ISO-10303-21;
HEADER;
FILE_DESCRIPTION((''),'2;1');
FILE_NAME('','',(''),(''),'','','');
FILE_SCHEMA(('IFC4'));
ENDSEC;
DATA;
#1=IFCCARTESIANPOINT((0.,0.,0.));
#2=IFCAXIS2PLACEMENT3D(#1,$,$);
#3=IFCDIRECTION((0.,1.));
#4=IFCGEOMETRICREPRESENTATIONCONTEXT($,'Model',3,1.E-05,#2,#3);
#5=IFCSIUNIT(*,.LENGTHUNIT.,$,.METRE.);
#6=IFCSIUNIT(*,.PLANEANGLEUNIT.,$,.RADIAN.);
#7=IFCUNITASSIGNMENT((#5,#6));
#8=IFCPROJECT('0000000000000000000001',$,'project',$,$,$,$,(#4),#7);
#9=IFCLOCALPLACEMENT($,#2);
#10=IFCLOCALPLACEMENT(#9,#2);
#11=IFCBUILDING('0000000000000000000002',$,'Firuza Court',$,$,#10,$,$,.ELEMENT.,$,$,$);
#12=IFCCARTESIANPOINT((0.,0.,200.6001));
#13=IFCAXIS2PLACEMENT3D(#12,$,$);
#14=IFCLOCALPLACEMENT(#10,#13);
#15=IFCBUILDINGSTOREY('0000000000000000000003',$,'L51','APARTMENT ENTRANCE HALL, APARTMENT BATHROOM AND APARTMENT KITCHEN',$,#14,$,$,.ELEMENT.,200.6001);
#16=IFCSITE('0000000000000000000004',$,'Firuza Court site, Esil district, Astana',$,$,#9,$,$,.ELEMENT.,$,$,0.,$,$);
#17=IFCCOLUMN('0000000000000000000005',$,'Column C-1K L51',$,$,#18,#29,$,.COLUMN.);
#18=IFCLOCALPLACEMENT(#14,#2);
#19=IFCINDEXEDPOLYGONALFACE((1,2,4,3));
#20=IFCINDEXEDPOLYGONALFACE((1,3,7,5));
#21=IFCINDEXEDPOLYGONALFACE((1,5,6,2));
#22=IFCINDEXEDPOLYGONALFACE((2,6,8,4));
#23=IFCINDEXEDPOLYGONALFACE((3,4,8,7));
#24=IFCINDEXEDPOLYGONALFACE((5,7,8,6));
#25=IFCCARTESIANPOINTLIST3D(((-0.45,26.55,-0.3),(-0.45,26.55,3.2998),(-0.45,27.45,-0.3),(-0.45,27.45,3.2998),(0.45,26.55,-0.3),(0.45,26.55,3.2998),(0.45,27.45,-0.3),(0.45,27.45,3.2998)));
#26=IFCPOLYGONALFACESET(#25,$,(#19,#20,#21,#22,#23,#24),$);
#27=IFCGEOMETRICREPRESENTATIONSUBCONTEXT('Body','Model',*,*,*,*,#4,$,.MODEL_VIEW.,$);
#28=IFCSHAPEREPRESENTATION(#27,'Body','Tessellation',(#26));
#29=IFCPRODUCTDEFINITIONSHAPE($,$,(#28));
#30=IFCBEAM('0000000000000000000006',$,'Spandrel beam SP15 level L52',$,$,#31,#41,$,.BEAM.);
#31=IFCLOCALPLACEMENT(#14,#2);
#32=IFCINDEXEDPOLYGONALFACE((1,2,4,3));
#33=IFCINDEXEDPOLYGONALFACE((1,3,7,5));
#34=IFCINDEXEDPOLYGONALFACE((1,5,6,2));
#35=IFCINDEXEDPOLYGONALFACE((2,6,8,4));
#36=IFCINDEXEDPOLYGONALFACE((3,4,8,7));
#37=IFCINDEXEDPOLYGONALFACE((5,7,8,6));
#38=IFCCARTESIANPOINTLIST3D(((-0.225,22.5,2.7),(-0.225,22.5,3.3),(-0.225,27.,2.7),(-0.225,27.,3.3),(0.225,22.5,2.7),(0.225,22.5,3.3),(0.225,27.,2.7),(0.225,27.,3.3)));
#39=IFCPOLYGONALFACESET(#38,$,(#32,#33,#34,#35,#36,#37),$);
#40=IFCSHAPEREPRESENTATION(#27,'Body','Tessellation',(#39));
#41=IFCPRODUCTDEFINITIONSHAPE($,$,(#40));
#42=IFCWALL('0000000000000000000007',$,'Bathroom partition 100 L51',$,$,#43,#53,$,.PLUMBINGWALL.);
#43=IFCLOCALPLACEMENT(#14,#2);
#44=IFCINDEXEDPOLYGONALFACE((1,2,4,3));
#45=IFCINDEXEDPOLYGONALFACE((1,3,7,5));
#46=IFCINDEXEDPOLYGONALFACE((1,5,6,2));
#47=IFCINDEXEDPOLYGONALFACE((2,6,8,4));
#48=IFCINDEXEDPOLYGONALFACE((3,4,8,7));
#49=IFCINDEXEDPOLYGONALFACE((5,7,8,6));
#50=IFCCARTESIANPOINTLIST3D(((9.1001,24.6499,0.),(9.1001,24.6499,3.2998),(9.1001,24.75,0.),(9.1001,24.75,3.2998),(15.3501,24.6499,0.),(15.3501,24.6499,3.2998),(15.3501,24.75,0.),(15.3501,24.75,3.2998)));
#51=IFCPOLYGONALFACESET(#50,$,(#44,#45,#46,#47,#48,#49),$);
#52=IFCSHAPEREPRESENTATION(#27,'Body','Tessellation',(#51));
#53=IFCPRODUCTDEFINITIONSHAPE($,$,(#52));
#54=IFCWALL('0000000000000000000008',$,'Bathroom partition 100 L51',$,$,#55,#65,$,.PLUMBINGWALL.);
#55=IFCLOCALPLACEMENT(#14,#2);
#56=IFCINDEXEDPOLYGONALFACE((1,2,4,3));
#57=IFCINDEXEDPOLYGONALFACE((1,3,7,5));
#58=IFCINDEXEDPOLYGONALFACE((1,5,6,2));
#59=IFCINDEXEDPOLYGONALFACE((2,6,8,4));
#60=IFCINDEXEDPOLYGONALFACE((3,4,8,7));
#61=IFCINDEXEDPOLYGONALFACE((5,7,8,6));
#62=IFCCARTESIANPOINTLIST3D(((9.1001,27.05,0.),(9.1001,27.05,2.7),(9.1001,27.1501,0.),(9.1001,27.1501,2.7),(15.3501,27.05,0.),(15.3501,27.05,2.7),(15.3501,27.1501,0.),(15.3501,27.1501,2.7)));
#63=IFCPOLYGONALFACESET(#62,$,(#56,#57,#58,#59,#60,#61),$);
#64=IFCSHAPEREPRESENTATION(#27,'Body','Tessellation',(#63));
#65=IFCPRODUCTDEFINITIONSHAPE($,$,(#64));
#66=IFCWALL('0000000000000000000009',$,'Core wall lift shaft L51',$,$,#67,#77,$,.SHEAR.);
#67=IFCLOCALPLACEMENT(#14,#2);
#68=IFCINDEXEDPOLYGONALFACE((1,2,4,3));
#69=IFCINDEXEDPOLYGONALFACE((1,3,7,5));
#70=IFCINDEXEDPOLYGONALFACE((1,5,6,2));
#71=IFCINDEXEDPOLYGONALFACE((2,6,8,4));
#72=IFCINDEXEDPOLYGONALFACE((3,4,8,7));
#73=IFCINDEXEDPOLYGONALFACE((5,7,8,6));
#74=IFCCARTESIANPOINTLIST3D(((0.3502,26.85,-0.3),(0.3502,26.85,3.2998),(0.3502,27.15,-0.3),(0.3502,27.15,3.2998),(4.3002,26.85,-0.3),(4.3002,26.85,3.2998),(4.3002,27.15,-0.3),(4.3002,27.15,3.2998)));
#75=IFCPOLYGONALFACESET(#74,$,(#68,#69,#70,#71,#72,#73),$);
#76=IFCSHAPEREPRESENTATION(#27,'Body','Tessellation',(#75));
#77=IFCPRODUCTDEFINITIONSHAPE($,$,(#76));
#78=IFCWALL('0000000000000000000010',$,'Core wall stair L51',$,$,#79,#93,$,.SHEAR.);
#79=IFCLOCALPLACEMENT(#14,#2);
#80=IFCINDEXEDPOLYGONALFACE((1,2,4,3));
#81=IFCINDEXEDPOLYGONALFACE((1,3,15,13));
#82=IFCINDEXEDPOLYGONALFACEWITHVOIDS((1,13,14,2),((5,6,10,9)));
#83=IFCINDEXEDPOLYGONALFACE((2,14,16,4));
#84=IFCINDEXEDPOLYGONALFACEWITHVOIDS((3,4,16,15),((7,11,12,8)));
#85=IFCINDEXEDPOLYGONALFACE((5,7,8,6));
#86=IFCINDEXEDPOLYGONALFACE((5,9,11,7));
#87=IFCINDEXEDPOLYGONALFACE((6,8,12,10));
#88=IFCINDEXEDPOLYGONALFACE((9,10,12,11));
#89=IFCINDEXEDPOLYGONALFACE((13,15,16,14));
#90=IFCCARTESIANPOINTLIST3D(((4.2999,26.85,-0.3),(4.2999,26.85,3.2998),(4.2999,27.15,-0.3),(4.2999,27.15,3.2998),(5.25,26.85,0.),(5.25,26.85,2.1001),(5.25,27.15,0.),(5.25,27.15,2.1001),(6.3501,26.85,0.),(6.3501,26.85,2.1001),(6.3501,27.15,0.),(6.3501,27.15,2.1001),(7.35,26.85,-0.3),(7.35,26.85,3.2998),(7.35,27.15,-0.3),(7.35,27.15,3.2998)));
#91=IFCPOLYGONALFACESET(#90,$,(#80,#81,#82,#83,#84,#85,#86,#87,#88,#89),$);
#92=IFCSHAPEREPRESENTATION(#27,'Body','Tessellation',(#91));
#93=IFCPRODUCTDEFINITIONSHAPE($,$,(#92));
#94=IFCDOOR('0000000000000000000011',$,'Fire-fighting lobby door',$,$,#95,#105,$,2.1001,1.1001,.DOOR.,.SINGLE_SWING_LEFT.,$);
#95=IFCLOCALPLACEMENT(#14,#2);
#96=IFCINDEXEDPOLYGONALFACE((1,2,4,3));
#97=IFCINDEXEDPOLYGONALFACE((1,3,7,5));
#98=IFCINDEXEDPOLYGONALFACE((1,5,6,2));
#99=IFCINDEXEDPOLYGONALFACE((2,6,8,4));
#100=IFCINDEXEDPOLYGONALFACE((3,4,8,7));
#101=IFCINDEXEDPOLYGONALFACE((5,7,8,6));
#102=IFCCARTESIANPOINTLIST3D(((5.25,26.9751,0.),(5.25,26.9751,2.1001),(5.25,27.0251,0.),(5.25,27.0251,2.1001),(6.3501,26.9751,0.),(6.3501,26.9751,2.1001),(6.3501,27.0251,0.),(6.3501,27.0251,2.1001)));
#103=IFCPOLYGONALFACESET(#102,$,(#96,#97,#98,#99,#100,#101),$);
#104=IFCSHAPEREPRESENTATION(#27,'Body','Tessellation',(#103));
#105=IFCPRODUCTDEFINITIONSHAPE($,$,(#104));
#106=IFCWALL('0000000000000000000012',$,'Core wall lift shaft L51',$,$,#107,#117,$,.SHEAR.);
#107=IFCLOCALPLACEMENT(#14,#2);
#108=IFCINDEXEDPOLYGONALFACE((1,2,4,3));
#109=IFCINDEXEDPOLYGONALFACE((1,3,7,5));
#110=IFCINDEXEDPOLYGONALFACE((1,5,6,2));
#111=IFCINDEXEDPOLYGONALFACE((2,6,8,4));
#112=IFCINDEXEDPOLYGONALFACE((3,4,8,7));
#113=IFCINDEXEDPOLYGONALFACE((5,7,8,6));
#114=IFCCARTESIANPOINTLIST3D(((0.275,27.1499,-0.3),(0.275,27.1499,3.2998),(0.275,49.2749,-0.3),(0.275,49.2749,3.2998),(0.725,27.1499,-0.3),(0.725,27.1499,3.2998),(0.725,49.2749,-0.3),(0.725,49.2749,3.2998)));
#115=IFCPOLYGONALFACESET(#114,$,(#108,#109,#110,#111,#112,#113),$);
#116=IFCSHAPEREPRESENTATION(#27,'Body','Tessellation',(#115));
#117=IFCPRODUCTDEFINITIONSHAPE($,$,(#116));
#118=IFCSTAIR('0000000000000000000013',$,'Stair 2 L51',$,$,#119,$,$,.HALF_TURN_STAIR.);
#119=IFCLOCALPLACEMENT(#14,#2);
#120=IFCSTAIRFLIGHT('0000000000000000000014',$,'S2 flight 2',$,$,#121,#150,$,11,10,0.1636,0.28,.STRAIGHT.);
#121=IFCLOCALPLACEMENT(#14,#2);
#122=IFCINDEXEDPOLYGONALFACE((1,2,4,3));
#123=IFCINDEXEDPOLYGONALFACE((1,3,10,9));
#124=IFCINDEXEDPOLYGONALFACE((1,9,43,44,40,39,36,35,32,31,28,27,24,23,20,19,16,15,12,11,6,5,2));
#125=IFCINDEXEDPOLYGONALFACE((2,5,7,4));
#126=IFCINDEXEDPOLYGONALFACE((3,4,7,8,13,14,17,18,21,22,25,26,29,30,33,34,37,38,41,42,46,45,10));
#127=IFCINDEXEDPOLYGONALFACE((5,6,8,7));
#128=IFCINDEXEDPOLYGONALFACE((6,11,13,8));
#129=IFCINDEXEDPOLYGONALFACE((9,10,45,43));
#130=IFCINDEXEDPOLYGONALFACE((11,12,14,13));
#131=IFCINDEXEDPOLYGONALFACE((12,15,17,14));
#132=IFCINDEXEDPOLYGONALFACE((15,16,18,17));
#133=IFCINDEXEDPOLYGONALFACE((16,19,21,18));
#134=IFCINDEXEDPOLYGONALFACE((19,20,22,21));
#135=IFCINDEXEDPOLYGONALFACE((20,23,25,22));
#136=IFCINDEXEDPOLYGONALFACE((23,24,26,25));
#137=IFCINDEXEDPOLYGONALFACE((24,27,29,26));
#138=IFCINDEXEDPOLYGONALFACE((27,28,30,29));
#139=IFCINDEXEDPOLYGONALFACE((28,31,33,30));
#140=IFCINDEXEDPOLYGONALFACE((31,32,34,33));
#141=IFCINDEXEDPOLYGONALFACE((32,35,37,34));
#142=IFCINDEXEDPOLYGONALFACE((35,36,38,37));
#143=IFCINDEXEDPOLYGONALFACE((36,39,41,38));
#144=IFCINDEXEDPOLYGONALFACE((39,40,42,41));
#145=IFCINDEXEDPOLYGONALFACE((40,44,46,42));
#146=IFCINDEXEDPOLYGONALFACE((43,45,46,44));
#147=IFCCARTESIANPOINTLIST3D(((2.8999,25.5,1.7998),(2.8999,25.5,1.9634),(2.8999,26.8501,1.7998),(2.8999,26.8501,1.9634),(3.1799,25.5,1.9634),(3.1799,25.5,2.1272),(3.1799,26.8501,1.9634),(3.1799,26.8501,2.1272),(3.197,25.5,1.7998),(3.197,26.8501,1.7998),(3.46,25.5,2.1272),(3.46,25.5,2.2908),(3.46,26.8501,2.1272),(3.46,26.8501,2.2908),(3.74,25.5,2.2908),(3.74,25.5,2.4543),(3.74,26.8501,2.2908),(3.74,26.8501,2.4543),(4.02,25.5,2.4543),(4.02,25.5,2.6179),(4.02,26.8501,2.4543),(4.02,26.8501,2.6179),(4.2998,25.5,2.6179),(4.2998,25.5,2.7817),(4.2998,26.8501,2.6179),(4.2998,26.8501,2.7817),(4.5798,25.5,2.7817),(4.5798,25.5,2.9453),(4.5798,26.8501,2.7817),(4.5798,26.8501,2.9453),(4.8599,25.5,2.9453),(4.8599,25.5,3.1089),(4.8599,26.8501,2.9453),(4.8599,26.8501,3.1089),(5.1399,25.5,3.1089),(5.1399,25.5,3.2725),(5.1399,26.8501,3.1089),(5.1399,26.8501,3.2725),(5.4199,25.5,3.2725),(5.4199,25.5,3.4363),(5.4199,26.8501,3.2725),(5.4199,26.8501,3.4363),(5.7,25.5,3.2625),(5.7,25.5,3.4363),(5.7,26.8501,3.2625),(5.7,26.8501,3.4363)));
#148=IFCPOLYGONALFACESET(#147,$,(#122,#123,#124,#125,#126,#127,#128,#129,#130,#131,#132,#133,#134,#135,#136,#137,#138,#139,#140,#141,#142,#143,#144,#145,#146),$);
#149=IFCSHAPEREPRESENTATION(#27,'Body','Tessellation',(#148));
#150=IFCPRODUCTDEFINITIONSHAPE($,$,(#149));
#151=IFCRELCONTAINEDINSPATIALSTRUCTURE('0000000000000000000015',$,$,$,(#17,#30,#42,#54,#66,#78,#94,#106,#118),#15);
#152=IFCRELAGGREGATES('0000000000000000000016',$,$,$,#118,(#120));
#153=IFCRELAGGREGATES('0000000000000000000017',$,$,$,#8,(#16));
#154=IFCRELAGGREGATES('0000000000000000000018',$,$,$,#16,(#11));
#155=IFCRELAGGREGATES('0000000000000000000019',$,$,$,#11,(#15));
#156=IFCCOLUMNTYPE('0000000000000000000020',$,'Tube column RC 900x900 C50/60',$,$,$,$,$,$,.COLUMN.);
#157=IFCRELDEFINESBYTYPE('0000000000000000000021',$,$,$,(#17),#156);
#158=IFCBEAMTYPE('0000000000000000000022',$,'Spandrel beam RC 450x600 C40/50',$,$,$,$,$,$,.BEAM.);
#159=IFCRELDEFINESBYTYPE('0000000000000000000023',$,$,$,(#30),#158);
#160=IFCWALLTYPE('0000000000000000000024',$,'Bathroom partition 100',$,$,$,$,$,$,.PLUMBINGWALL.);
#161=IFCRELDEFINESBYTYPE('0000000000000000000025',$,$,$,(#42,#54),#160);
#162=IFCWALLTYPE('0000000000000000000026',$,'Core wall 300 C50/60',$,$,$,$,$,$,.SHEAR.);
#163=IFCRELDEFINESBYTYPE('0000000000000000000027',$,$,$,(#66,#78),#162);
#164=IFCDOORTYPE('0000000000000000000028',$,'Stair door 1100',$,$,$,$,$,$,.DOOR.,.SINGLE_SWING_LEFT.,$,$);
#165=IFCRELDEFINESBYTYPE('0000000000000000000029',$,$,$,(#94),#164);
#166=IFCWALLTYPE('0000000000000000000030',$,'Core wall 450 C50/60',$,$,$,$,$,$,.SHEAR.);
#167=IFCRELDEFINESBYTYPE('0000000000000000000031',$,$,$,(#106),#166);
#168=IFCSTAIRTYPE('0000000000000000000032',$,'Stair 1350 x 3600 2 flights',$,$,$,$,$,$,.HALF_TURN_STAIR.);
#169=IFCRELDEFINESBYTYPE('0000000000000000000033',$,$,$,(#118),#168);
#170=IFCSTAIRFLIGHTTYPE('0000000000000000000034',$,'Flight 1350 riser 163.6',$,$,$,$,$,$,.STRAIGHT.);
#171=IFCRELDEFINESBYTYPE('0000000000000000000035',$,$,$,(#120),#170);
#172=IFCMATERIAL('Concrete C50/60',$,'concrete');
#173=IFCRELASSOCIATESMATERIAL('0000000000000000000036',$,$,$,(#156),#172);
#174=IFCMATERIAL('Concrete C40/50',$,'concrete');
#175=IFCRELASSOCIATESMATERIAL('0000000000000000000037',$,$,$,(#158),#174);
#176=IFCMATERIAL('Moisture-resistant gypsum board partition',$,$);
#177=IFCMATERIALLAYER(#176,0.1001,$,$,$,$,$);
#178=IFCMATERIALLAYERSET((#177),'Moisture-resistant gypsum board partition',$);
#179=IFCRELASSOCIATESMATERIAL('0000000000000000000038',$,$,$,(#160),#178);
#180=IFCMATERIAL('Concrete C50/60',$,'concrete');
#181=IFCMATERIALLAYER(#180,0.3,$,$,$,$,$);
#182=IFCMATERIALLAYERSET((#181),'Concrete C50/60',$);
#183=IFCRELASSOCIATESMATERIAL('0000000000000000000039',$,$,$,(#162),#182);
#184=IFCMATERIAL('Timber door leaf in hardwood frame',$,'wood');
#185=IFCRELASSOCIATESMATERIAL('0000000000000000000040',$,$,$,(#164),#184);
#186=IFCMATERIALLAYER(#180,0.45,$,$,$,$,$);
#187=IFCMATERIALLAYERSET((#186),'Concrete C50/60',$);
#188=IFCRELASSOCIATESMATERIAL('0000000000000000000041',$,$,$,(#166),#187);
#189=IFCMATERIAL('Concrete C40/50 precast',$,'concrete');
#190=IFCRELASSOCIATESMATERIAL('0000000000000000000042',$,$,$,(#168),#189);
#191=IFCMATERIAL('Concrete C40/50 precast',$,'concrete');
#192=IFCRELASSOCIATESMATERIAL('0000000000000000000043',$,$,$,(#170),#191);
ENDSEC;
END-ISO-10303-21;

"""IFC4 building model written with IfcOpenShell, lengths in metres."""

from ifc_helpers import new_model, si_unit, direction, frame, frame_2d, origin, origin_2d, place, context, subcontext, project, spatial, polyline, rectangle, outline, extrude, material, layer, layer_set, material_profile, profile_set, type_object, element, fill, aggregate, save


model = new_model("IFC4")

# Units and contexts
model_context = context("Model", 3, precision=1e-05, world=origin(), true_north=direction((0.0, 1.0)))
body_context = subcontext(model_context, "Body", "Model", "MODEL_VIEW")
ifc_project = project(units=[si_unit("LENGTHUNIT", "METRE"), si_unit("PLANEANGLEUNIT", "RADIAN")], contexts=[model_context])

# Site, building, storey
site_placement = place(None, origin())
site = spatial("IfcSite", under=ifc_project, at=site_placement, Name="Firuza Court site, Esil district, Astana", CompositionType="ELEMENT", RefElevation=0.0)
building_placement = place(site_placement, origin())
building = spatial("IfcBuilding", under=site, at=building_placement, Name="Firuza Court", CompositionType="ELEMENT")
storey_placement = place(building_placement, frame((0.0, 0.0, 200.6001)))
storey = spatial("IfcBuildingStorey", under=building, at=storey_placement, Name="L51", Description="APARTMENT ENTRANCE HALL, APARTMENT BATHROOM AND APARTMENT KITCHEN", CompositionType="ELEMENT", Elevation=200.6001)

# Column
ifc_material_1 = material(Name="Concrete C50/60", Category="concrete")
ifc_material_profile_1 = material_profile(ifc_material_1, rectangle(XDim=0.8999, YDim=0.8999, at=origin_2d()), Name="RC 900x900")
ifc_profile_set_1 = profile_set([ifc_material_profile_1], Name="Concrete C50/60")
column_type = type_object("IfcColumnType", Name="Tube column RC 900x900 C50/60", PredefinedType="COLUMN", material=ifc_profile_set_1)
column_placement = place(storey_placement, frame((0.0, 27.0, -0.3), z_axis=(0.0, 0.0, 1.0), x_axis=(1.0, 0.0, 0.0)))
element("IfcColumn", 1, at=column_placement, inside=storey, type_object=column_type, Name="Column C-1K L51", PredefinedType="COLUMN", context=body_context, shape_type="SweptSolid", body=[
    extrude(rectangle(XDim=0.8999, YDim=0.8999, at=origin_2d()), origin(), (0.0, 0.0, 1.0), 3.5999),
])

# Beam
ifc_material_2 = material(Name="Concrete C40/50", Category="concrete")
ifc_material_profile_2 = material_profile(ifc_material_2, rectangle(XDim=0.45, YDim=0.6001, at=origin_2d()), Name="RC 450x600")
ifc_profile_set_2 = profile_set([ifc_material_profile_2], Name="Concrete C40/50")
beam_type = type_object("IfcBeamType", Name="Spandrel beam RC 450x600 C40/50", PredefinedType="BEAM", material=ifc_profile_set_2)
beam_placement = place(storey_placement, frame((0.0, 27.0, 3.0), z_axis=(0.0, -1.0, 0.0), x_axis=(1.0, 0.0, 0.0)))
element("IfcBeam", 2, at=beam_placement, inside=storey, type_object=beam_type, Name="Spandrel beam SP15 level L52", PredefinedType="BEAM", context=body_context, shape_type="SweptSolid", body=[
    extrude(rectangle(XDim=0.45, YDim=0.6001, at=origin_2d()), origin(), (0.0, 0.0, 1.0), 4.5),
])

# Walls
ifc_material_3 = material(Name="Moisture-resistant gypsum board partition")
ifc_layer_1 = layer(ifc_material_3, 0.1001)
ifc_layer_set_1 = layer_set([ifc_layer_1], Name="Moisture-resistant gypsum board partition")
wall_type_1 = type_object("IfcWallType", Name="Bathroom partition 100", PredefinedType="PLUMBINGWALL", material=ifc_layer_set_1)
wall_1_placement = place(storey_placement, frame((9.1001, 24.7, 0.0), z_axis=(0.0, 0.0, 1.0), x_axis=(1.0, 0.0, 0.0)))
element("IfcWall", 3, at=wall_1_placement, inside=storey, type_object=wall_type_1, Name="Bathroom partition 100 L51", PredefinedType="PLUMBINGWALL", context=body_context, shape_type="SweptSolid", body=[
    extrude(rectangle(XDim=6.25, YDim=0.1001, at=frame_2d((3.125, 0.0))), origin(), (0.0, 0.0, 1.0), 3.2998),
])
wall_2_placement = place(storey_placement, frame((9.1001, 27.1001, 0.0), z_axis=(0.0, 0.0, 1.0), x_axis=(1.0, 0.0, 0.0)))
element("IfcWall", 4, at=wall_2_placement, inside=storey, type_object=wall_type_1, Name="Bathroom partition 100 L51", PredefinedType="PLUMBINGWALL", context=body_context, shape_type="SweptSolid", body=[
    extrude(rectangle(XDim=6.25, YDim=0.1001, at=frame_2d((3.125, 0.0))), origin(), (0.0, 0.0, 1.0), 2.7),
])
ifc_material_4 = material(Name="Concrete C50/60", Category="concrete")
ifc_layer_2 = layer(ifc_material_4, 0.3)
ifc_layer_set_2 = layer_set([ifc_layer_2], Name="Concrete C50/60")
wall_type_2 = type_object("IfcWallType", Name="Core wall 300 C50/60", PredefinedType="SHEAR", material=ifc_layer_set_2)
wall_3_placement = place(storey_placement, frame((0.3501, 27.0, -0.3), z_axis=(0.0, 0.0, 1.0), x_axis=(1.0, 0.0, 0.0)))
element("IfcWall", 5, at=wall_3_placement, inside=storey, type_object=wall_type_2, Name="Core wall lift shaft L51", PredefinedType="SHEAR", context=body_context, shape_type="SweptSolid", body=[
    extrude(rectangle(XDim=3.95, YDim=0.3, at=frame_2d((1.9751, 0.0))), origin(), (0.0, 0.0, 1.0), 3.5999),
])

# Wall, opening, door
wall_4_placement = place(storey_placement, frame((4.3, 27.0, -0.3), z_axis=(0.0, 0.0, 1.0), x_axis=(1.0, 0.0, 0.0)))
wall_4 = element("IfcWall", 6, at=wall_4_placement, inside=storey, type_object=wall_type_2, Name="Core wall stair L51", PredefinedType="SHEAR", context=body_context, shape_type="SweptSolid", body=[
    extrude(rectangle(XDim=3.05, YDim=0.3, at=frame_2d((1.5249, 0.0))), origin(), (0.0, 0.0, 1.0), 3.5999),
])
opening_1_placement = place(wall_4_placement, frame((0.95, 0.0, 0.3)))
opening_1 = element("IfcOpeningElement", 7, at=opening_1_placement, cuts=wall_4, PredefinedType="OPENING", context=body_context, shape_type="SweptSolid", body=[
    extrude(rectangle(XDim=1.1001, YDim=2.1001, at=frame_2d((0.55, 1.05))), frame((0.0, 0.1621, 0.0), z_axis=(0.0, -1.0, 0.0), x_axis=(1.0, 0.0, 0.0)), (0.0, 0.0, 1.0), 0.324),
])
ifc_material_5 = material(Name="Timber door leaf in hardwood frame", Category="wood")
door_type_1 = type_object("IfcDoorType", Name="Stair door 1100", OperationType="SINGLE_SWING_LEFT", PredefinedType="DOOR", material=ifc_material_5)
door_1_placement = place(opening_1_placement, frame((1.1001, 0.0, 0.0), z_axis=(0.0, 0.0, 1.0), x_axis=(-1.0, 0.0, 0.0)))
door_1 = element("IfcDoor", 8, at=door_1_placement, inside=storey, type_object=door_type_1, Name="Fire-fighting lobby door", OperationType="SINGLE_SWING_LEFT", OverallHeight=2.1001, OverallWidth=1.1001, PredefinedType="DOOR", context=body_context, shape_type="SweptSolid", body=[
    extrude(rectangle(XDim=1.1001, YDim=2.1001, at=frame_2d((0.55, 1.05))), frame((0.0, 0.0249, 0.0), z_axis=(0.0, -1.0, 0.0), x_axis=(1.0, 0.0, 0.0)), (0.0, 0.0, 1.0), 0.05),
])
fill(opening_1, door_1)

# Wall
ifc_layer_3 = layer(ifc_material_4, 0.45)
ifc_layer_set_3 = layer_set([ifc_layer_3], Name="Concrete C50/60")
wall_type_3 = type_object("IfcWallType", Name="Core wall 450 C50/60", PredefinedType="SHEAR", material=ifc_layer_set_3)
wall_5_placement = place(storey_placement, frame((0.5, 27.1499, -0.3), z_axis=(0.0, 0.0, 1.0), x_axis=(0.0, 1.0, 0.0)))
element("IfcWall", 9, at=wall_5_placement, inside=storey, type_object=wall_type_3, Name="Core wall lift shaft L51", PredefinedType="SHEAR", context=body_context, shape_type="SweptSolid", body=[
    extrude(rectangle(XDim=22.125, YDim=0.45, at=frame_2d((11.0625, 0.0))), origin(), (0.0, 0.0, 1.0), 3.5999),
])

# Stair, stair flight
ifc_material_6 = material(Name="Concrete C40/50 precast", Category="concrete")
stair_type = type_object("IfcStairType", Name="Stair 1350 x 3600 2 flights", PredefinedType="HALF_TURN_STAIR", material=ifc_material_6)
stair_placement = place(storey_placement, origin())
stair = element("IfcStair", 10, at=stair_placement, inside=storey, type_object=stair_type, Name="Stair 2 L51", PredefinedType="HALF_TURN_STAIR")
ifc_material_7 = material(Name="Concrete C40/50 precast", Category="concrete")
stair_flight_type = type_object("IfcStairFlightType", Name="Flight 1350 riser 163.6", PredefinedType="STRAIGHT", material=ifc_material_7)
stair_flight_placement = place(storey_placement, frame((2.8999, 26.175, 1.7998), z_axis=(0.0, 0.0, 1.0), x_axis=(1.0, 0.0, 0.0)))
stair_flight = element("IfcStairFlight", 11, at=stair_flight_placement, type_object=stair_flight_type, Name="S2 flight 2", NumberOfRisers=11, NumberOfTreads=10, PredefinedType="STRAIGHT", RiserHeight=0.1636, TreadLength=0.28, context=body_context, shape_type="SweptSolid", body=[
    extrude(outline(polyline([(0.0, 0.0), (0.0, 0.1636), (0.28, 0.1636), (0.28, 0.3274), (0.5601, 0.3274), (0.5601, 0.491), (0.8401, 0.491), (0.8401, 0.6545), (1.1201, 0.6545), (1.1201, 0.8181), (1.3999, 0.8181), (1.3999, 0.9819), (1.6799, 0.9819), (1.6799, 1.1455), (1.96, 1.1455), (1.96, 1.3091), (2.24, 1.3091), (2.24, 1.4727), (2.52, 1.4727), (2.52, 1.6365), (2.8, 1.6365), (2.8, 1.8), (2.8, 1.4626), (0.2971, 0.0), (0.0, 0.0)])), frame((0.0, 0.675, 0.0), z_axis=(0.0, -1.0, 0.0), x_axis=(1.0, 0.0, 0.0)), (0.0, 0.0, 1.0), 1.3501),
])
aggregate(stair, [stair_flight])

save(model, "model.ifc")
